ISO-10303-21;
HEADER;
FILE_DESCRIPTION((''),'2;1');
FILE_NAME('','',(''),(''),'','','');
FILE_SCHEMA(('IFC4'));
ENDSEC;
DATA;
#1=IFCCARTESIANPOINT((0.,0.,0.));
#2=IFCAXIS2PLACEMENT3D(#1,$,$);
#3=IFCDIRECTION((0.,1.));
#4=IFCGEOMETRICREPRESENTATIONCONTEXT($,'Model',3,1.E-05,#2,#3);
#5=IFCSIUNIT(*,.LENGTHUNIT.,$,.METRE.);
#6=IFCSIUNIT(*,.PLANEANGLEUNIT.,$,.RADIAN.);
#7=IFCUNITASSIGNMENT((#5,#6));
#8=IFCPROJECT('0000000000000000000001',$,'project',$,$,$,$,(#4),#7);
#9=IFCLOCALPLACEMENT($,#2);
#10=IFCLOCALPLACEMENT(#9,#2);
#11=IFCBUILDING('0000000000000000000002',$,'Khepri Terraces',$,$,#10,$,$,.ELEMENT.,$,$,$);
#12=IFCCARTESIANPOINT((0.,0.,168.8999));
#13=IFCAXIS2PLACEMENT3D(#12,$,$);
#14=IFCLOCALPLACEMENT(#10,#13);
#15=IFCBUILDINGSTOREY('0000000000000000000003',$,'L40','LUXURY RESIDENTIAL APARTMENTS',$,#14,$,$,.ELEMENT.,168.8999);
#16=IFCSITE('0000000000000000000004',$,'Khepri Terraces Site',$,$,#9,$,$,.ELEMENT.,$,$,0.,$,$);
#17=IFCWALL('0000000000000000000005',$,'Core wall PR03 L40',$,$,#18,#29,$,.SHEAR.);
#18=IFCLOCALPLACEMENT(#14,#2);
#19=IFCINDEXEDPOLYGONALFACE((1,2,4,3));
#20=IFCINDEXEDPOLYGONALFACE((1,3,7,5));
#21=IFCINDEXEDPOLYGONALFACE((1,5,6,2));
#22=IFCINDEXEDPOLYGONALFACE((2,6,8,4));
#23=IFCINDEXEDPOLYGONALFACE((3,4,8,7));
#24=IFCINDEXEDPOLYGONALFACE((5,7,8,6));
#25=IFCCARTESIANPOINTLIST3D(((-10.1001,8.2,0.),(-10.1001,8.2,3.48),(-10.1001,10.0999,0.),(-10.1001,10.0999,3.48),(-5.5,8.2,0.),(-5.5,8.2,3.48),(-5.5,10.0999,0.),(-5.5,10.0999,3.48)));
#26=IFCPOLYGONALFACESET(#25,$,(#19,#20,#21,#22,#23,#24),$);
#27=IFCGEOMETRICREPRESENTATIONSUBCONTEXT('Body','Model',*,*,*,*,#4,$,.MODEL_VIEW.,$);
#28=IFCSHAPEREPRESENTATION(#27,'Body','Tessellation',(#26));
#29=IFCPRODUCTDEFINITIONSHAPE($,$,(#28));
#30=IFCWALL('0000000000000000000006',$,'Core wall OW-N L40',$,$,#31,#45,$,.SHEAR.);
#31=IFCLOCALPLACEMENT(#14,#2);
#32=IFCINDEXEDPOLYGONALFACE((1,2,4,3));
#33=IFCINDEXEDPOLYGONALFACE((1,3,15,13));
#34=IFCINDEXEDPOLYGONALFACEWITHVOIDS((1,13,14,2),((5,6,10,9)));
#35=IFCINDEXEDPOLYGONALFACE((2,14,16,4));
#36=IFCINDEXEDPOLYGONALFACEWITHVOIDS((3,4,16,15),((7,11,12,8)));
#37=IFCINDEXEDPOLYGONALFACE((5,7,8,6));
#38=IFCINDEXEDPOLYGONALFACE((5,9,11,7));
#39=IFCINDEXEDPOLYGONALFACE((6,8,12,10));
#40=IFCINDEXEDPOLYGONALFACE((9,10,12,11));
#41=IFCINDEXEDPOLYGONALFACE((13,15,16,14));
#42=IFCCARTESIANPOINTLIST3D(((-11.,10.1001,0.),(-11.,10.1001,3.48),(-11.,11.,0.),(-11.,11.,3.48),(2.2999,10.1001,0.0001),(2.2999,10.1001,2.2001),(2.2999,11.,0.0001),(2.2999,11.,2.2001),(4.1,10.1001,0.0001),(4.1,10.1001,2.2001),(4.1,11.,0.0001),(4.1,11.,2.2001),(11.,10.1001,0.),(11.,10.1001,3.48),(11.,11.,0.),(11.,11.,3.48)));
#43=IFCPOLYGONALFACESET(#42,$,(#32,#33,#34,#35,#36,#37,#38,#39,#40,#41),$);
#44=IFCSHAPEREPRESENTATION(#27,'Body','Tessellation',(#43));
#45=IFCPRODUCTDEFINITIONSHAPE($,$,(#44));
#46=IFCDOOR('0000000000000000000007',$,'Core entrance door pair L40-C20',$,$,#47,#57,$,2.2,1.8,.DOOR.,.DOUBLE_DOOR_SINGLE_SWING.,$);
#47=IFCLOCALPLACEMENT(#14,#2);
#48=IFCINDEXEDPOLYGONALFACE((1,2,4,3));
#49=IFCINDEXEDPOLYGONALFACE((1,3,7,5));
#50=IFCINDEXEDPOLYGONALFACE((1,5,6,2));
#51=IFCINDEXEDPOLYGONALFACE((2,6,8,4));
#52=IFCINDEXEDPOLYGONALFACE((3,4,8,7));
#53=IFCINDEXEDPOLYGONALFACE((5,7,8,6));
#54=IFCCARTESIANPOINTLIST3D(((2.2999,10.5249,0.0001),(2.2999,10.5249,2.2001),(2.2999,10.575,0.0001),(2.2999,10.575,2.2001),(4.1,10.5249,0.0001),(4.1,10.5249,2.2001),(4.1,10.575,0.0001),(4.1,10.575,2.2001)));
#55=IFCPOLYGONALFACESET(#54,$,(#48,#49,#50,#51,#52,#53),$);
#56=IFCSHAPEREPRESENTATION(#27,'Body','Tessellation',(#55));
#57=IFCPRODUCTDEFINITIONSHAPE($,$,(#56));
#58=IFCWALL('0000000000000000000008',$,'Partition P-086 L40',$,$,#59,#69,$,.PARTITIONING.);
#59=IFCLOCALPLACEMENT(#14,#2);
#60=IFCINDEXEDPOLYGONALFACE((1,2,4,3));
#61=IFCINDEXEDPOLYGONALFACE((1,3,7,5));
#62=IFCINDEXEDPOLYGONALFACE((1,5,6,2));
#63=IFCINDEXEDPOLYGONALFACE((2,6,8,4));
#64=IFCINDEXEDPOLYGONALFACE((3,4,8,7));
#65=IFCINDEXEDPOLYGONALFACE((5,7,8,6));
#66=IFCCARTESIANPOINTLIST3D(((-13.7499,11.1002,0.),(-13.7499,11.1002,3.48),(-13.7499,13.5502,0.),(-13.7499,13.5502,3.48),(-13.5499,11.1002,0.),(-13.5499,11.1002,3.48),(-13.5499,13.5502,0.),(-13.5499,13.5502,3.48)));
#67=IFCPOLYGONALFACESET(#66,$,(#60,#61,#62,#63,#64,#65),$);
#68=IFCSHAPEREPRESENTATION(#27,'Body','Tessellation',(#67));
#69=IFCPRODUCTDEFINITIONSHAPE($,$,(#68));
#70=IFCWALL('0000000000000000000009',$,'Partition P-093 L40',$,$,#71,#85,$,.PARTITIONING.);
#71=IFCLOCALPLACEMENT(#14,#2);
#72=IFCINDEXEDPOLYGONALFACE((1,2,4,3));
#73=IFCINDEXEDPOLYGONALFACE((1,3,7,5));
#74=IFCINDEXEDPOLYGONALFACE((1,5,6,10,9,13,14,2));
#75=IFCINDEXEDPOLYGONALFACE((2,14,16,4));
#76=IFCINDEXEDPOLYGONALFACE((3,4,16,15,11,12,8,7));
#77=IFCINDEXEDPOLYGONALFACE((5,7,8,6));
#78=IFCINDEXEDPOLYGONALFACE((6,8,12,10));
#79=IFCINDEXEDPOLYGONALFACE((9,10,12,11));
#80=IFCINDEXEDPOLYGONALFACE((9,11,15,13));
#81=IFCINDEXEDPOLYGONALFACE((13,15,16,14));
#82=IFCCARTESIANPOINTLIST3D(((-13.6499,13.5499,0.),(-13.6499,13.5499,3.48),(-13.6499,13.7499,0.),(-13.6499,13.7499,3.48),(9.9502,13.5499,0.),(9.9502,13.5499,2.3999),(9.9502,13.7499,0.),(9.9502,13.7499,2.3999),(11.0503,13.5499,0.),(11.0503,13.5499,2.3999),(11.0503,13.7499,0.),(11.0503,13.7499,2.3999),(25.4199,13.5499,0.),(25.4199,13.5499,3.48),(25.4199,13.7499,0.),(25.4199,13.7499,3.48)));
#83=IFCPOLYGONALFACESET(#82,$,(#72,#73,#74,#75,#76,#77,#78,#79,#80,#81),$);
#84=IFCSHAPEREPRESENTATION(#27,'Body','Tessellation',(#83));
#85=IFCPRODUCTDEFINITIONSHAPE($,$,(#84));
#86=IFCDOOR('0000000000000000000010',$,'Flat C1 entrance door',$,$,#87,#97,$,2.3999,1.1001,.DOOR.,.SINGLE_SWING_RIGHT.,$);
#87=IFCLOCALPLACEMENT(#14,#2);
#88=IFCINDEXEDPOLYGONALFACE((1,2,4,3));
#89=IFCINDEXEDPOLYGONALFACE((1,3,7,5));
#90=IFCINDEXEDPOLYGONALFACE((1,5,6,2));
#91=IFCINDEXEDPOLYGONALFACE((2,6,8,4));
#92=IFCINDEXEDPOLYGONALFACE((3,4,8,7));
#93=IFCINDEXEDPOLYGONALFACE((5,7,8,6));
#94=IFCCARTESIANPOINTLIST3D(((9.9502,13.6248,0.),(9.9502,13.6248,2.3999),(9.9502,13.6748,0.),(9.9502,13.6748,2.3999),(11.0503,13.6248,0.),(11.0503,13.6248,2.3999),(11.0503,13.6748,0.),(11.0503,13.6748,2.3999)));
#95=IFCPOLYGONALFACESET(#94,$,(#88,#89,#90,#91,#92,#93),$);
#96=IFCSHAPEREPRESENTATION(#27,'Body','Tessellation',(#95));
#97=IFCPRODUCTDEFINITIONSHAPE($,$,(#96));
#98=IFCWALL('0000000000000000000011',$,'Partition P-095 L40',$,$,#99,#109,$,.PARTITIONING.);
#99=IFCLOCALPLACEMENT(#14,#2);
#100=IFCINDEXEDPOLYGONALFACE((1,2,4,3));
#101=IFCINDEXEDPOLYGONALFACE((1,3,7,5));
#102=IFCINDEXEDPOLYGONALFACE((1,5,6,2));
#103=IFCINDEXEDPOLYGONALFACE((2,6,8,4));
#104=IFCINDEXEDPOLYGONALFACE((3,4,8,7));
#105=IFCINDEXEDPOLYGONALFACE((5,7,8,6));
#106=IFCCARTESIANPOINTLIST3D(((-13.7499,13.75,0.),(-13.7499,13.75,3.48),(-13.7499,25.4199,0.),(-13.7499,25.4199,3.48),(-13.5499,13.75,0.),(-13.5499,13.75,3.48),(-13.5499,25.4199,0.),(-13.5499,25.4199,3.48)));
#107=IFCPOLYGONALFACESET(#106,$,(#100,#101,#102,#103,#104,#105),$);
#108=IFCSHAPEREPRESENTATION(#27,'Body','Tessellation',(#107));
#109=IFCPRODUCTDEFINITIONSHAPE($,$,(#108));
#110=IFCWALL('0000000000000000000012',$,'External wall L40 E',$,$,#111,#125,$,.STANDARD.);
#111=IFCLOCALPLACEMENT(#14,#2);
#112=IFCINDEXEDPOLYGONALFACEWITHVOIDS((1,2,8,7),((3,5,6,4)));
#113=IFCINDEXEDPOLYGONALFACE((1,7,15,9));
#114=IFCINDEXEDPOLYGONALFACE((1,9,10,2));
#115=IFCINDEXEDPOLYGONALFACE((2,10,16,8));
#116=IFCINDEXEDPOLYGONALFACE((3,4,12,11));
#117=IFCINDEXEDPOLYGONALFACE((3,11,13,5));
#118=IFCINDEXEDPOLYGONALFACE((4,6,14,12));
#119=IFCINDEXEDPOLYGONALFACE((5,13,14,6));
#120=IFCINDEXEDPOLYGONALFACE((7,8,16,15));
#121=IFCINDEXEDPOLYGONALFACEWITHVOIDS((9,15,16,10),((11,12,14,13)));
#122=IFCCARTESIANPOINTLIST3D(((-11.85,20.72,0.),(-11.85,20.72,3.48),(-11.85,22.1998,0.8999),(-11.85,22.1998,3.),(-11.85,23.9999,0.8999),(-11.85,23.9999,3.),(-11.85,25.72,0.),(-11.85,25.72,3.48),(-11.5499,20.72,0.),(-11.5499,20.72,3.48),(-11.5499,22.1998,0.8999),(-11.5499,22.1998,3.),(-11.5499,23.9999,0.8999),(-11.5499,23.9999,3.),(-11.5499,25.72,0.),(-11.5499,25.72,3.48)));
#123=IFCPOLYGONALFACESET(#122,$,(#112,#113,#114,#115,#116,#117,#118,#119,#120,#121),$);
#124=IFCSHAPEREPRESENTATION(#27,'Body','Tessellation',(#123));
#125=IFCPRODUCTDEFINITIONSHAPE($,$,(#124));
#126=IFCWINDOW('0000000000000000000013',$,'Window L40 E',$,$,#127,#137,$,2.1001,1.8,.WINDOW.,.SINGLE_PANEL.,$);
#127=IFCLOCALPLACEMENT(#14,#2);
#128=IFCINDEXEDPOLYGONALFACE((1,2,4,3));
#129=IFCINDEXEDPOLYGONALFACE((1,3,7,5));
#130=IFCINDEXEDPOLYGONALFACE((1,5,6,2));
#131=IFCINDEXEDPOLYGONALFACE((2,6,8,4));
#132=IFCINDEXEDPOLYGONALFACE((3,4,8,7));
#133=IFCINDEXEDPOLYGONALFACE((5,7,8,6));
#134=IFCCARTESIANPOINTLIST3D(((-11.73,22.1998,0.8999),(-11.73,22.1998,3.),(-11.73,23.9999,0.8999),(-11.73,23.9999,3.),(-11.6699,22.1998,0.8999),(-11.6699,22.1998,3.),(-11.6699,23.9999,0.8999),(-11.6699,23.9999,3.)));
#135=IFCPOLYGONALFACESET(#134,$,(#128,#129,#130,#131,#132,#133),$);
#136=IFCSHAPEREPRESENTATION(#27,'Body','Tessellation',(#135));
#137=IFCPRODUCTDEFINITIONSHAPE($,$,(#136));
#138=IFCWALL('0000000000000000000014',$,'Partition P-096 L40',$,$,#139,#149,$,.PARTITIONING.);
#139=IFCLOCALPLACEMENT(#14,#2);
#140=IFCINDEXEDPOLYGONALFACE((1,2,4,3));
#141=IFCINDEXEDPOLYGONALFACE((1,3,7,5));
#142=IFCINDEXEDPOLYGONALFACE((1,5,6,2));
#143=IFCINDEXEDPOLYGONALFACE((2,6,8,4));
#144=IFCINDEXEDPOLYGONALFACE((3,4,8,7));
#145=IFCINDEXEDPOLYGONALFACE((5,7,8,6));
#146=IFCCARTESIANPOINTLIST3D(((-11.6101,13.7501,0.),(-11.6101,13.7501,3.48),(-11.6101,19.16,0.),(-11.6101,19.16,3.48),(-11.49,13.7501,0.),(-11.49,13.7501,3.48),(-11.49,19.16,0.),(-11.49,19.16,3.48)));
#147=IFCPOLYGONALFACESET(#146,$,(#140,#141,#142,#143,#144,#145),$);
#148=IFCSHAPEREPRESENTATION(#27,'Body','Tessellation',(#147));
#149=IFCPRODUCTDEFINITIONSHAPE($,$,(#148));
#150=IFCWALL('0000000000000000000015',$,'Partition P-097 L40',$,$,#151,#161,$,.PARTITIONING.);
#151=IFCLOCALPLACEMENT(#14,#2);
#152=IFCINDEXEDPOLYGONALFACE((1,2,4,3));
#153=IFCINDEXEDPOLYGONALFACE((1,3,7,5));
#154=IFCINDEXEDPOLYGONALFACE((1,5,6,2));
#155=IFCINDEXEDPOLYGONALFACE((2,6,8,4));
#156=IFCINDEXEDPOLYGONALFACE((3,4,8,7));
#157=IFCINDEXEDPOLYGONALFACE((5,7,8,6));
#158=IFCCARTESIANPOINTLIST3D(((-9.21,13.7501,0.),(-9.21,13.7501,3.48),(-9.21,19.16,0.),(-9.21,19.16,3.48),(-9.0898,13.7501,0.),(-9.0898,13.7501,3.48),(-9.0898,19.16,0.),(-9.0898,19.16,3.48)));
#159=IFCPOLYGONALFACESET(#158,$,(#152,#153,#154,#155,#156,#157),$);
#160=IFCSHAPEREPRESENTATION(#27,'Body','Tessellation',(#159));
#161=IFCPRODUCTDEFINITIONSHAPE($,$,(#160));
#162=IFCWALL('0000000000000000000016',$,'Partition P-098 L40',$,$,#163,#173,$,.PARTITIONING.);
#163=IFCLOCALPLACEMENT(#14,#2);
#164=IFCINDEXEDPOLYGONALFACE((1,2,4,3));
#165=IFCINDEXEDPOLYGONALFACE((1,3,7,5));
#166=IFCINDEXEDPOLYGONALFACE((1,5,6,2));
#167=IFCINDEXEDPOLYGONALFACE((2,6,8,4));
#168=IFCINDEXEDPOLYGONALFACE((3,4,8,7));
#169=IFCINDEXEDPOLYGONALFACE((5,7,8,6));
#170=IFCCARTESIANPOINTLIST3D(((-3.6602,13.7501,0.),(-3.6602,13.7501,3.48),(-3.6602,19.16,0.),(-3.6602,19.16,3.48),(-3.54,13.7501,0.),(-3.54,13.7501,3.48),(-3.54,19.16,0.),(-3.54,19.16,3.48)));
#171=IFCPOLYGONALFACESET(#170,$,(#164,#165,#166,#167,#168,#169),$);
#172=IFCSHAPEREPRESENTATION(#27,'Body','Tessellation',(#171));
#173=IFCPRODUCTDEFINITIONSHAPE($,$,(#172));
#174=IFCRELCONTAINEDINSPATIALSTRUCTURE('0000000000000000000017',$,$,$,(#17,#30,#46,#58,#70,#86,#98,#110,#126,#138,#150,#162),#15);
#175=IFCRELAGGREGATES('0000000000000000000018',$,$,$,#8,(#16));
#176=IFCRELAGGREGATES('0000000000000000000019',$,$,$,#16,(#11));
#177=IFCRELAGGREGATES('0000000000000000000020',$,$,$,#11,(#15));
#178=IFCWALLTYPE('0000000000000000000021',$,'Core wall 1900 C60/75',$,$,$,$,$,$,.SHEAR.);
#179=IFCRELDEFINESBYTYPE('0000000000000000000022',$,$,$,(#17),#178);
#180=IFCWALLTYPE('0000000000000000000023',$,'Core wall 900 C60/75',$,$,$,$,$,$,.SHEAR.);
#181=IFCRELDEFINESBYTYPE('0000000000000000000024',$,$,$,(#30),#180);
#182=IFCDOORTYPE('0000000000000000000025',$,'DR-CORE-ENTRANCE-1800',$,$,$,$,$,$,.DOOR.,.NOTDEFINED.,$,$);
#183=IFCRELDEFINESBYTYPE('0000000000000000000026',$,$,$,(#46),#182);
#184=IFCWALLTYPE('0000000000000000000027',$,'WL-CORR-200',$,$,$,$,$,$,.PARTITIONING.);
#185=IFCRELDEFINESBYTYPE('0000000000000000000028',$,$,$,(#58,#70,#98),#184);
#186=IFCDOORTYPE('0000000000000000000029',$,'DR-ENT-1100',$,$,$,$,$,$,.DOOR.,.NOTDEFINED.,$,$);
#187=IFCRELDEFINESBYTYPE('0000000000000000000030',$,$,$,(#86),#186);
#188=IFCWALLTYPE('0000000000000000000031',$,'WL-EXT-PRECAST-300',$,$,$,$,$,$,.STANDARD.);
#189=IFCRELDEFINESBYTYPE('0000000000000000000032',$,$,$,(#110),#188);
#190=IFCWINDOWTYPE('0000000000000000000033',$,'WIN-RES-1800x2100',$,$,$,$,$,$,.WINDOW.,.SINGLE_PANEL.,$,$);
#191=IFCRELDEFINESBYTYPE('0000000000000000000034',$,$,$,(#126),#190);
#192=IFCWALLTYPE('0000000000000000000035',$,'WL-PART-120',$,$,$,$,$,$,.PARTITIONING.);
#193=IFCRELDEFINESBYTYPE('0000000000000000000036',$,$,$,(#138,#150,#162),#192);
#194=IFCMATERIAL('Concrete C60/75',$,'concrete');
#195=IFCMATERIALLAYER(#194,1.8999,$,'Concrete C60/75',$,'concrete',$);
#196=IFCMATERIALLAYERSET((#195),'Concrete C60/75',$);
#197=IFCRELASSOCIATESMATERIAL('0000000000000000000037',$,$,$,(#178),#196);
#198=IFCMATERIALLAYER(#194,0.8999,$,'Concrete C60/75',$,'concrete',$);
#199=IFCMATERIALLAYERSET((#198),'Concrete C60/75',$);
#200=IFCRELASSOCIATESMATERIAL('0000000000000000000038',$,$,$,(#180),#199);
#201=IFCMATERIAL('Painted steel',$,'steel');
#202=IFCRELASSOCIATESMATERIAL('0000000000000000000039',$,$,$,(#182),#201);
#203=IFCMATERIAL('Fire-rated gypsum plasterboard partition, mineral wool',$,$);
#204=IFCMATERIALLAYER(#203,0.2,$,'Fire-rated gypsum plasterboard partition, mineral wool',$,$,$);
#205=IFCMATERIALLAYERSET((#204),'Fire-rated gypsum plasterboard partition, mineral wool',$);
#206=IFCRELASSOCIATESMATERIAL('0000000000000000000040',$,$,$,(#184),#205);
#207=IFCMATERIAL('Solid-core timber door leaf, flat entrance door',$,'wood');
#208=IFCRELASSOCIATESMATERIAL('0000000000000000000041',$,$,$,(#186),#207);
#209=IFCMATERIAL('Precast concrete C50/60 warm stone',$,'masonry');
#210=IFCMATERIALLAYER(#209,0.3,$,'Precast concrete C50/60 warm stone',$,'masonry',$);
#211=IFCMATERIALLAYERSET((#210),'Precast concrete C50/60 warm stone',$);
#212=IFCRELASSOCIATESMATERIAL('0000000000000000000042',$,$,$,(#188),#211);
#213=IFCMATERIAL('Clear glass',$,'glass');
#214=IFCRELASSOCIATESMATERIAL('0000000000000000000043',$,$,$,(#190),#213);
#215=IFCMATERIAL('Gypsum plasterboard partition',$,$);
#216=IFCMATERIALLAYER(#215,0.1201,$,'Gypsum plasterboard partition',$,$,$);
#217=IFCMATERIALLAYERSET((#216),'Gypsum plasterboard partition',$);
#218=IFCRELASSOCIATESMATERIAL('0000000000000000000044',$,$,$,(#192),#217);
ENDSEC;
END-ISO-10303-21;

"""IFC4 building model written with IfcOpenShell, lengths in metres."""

from ifc_helpers import new_model, si_unit, direction, frame, frame_2d, origin, place, context, subcontext, project, spatial, rectangle, extrude, material, layer, layer_set, type_object, element, fill, save


model = new_model("IFC4")

# Units and contexts
model_context = context("Model", 3, precision=1e-05, world=origin(), true_north=direction((0.0, 1.0)))
body_context = subcontext(model_context, "Body", "Model", "MODEL_VIEW")
ifc_project = project(units=[si_unit("LENGTHUNIT", "METRE"), si_unit("PLANEANGLEUNIT", "RADIAN")], contexts=[model_context])

# Site, building, storey
site_placement = place(None, origin())
site = spatial("IfcSite", under=ifc_project, at=site_placement, Name="Khepri Terraces Site", CompositionType="ELEMENT", RefElevation=0.0)
building_placement = place(site_placement, origin())
building = spatial("IfcBuilding", under=site, at=building_placement, Name="Khepri Terraces", CompositionType="ELEMENT")
storey_placement = place(building_placement, frame((0.0, 0.0, 168.8999)))
storey = spatial("IfcBuildingStorey", under=building, at=storey_placement, Name="L40", Description="LUXURY RESIDENTIAL APARTMENTS", CompositionType="ELEMENT", Elevation=168.8999)

# Wall
ifc_material_1 = material(Name="Concrete C60/75", Category="concrete")
ifc_layer_1 = layer(ifc_material_1, 1.8999, Name="Concrete C60/75", Category="concrete")
ifc_layer_set_1 = layer_set([ifc_layer_1], Name="Concrete C60/75")
wall_type_1 = type_object("IfcWallType", Name="Core wall 1900 C60/75", PredefinedType="SHEAR", material=ifc_layer_set_1)
wall_1_placement = place(storey_placement, frame((-10.1001, 9.1499, 0.0), z_axis=(0.0, 0.0, 1.0), x_axis=(1.0, 0.0, 0.0)))
element("IfcWall", 1, at=wall_1_placement, inside=storey, type_object=wall_type_1, Name="Core wall PR03 L40", PredefinedType="SHEAR", context=body_context, shape_type="SweptSolid", body=[
    extrude(rectangle(XDim=4.6001, YDim=1.8999, at=frame_2d((2.3, 0.0))), origin(), (0.0, 0.0, 1.0), 3.48),
])

# Wall, opening, door
ifc_layer_2 = layer(ifc_material_1, 0.8999, Name="Concrete C60/75", Category="concrete")
ifc_layer_set_2 = layer_set([ifc_layer_2], Name="Concrete C60/75")
wall_type_2 = type_object("IfcWallType", Name="Core wall 900 C60/75", PredefinedType="SHEAR", material=ifc_layer_set_2)
wall_2_placement = place(storey_placement, frame((-11.0, 10.55, 0.0), z_axis=(0.0, 0.0, 1.0), x_axis=(1.0, 0.0, 0.0)))
wall_2 = element("IfcWall", 2, at=wall_2_placement, inside=storey, type_object=wall_type_2, Name="Core wall OW-N L40", PredefinedType="SHEAR", context=body_context, shape_type="SweptSolid", body=[
    extrude(rectangle(XDim=22.0, YDim=0.8999, at=frame_2d((11.0, 0.0))), origin(), (0.0, 0.0, 1.0), 3.48),
])
opening_1_placement = place(wall_2_placement, frame((13.3, 0.0, 0.0)))
opening_1 = element("IfcOpeningElement", 3, at=opening_1_placement, cuts=wall_2, PredefinedType="OPENING", context=body_context, shape_type="SweptSolid", body=[
    extrude(rectangle(XDim=1.8, YDim=2.2, at=frame_2d((0.8999, 1.1001))), frame((0.0, 0.46, 0.0), z_axis=(0.0, -1.0, 0.0), x_axis=(1.0, 0.0, 0.0)), (0.0, 0.0, 1.0), 0.9199),
])
ifc_material_2 = material(Name="Painted steel", Category="steel")
door_type_1 = type_object("IfcDoorType", Name="DR-CORE-ENTRANCE-1800", OperationType="NOTDEFINED", PredefinedType="DOOR", material=ifc_material_2)
door_1_placement = place(opening_1_placement, origin())
door_1 = element("IfcDoor", 4, at=door_1_placement, inside=storey, type_object=door_type_1, Name="Core entrance door pair L40-C20", OperationType="DOUBLE_DOOR_SINGLE_SWING", OverallHeight=2.2, OverallWidth=1.8, PredefinedType="DOOR", context=body_context, shape_type="SweptSolid", body=[
    extrude(rectangle(XDim=1.8, YDim=2.2, at=frame_2d((0.8999, 1.1001))), frame((0.0, 0.0249, 0.0), z_axis=(0.0, -1.0, 0.0), x_axis=(1.0, 0.0, 0.0)), (0.0, 0.0, 1.0), 0.05),
])
fill(opening_1, door_1)

# Wall
ifc_material_3 = material(Name="Fire-rated gypsum plasterboard partition, mineral wool")
ifc_layer_3 = layer(ifc_material_3, 0.2, Name="Fire-rated gypsum plasterboard partition, mineral wool")
ifc_layer_set_3 = layer_set([ifc_layer_3], Name="Fire-rated gypsum plasterboard partition, mineral wool")
wall_type_3 = type_object("IfcWallType", Name="WL-CORR-200", PredefinedType="PARTITIONING", material=ifc_layer_set_3)
wall_3_placement = place(storey_placement, frame((-13.6499, 11.1001, 0.0), z_axis=(0.0, 0.0, 1.0), x_axis=(0.0, 1.0, 0.0)))
element("IfcWall", 5, at=wall_3_placement, inside=storey, type_object=wall_type_3, Name="Partition P-086 L40", PredefinedType="PARTITIONING", context=body_context, shape_type="SweptSolid", body=[
    extrude(rectangle(XDim=2.45, YDim=0.2, at=frame_2d((1.2251, 0.0))), origin(), (0.0, 0.0, 1.0), 3.48),
])

# Wall, opening, door
wall_4_placement = place(storey_placement, frame((-13.6499, 13.6499, 0.0), z_axis=(0.0, 0.0, 1.0), x_axis=(1.0, 0.0, 0.0)))
wall_4 = element("IfcWall", 6, at=wall_4_placement, inside=storey, type_object=wall_type_3, Name="Partition P-093 L40", PredefinedType="PARTITIONING", context=body_context, shape_type="SweptSolid", body=[
    extrude(rectangle(XDim=39.0698, YDim=0.2, at=frame_2d((19.5349, 0.0))), origin(), (0.0, 0.0, 1.0), 3.48),
])
opening_2_placement = place(wall_4_placement, frame((23.6001, 0.0, 0.0)))
opening_2 = element("IfcOpeningElement", 7, at=opening_2_placement, cuts=wall_4, PredefinedType="OPENING", context=body_context, shape_type="SweptSolid", body=[
    extrude(rectangle(XDim=1.1001, YDim=2.3999, at=frame_2d((0.55, 1.2))), frame((0.0, 0.1099, 0.0), z_axis=(0.0, -1.0, 0.0), x_axis=(1.0, 0.0, 0.0)), (0.0, 0.0, 1.0), 0.22),
])
ifc_material_4 = material(Name="Solid-core timber door leaf, flat entrance door", Category="wood")
door_type_2 = type_object("IfcDoorType", Name="DR-ENT-1100", OperationType="NOTDEFINED", PredefinedType="DOOR", material=ifc_material_4)
door_2_placement = place(opening_2_placement, origin())
door_2 = element("IfcDoor", 8, at=door_2_placement, inside=storey, type_object=door_type_2, Name="Flat C1 entrance door", OperationType="SINGLE_SWING_RIGHT", OverallHeight=2.3999, OverallWidth=1.1001, PredefinedType="DOOR", context=body_context, shape_type="SweptSolid", body=[
    extrude(rectangle(XDim=1.1001, YDim=2.3999, at=frame_2d((0.55, 1.2))), frame((0.0, 0.0249, 0.0), z_axis=(0.0, -1.0, 0.0), x_axis=(1.0, 0.0, 0.0)), (0.0, 0.0, 1.0), 0.05),
])
fill(opening_2, door_2)

# Wall
wall_5_placement = place(storey_placement, frame((-13.6499, 13.75, 0.0), z_axis=(0.0, 0.0, 1.0), x_axis=(0.0, 1.0, 0.0)))
element("IfcWall", 9, at=wall_5_placement, inside=storey, type_object=wall_type_3, Name="Partition P-095 L40", PredefinedType="PARTITIONING", context=body_context, shape_type="SweptSolid", body=[
    extrude(rectangle(XDim=11.6699, YDim=0.2, at=frame_2d((5.835, 0.0))), origin(), (0.0, 0.0, 1.0), 3.48),
])

# Wall, opening, window
ifc_material_5 = material(Name="Precast concrete C50/60 warm stone", Category="masonry")
ifc_layer_4 = layer(ifc_material_5, 0.3, Name="Precast concrete C50/60 warm stone", Category="masonry")
ifc_layer_set_4 = layer_set([ifc_layer_4], Name="Precast concrete C50/60 warm stone")
wall_type_4 = type_object("IfcWallType", Name="WL-EXT-PRECAST-300", PredefinedType="STANDARD", material=ifc_layer_set_4)
wall_6_placement = place(storey_placement, frame((-11.7, 20.72, 0.0), z_axis=(0.0, 0.0, 1.0), x_axis=(0.0, 1.0, 0.0)))
wall_6 = element("IfcWall", 10, at=wall_6_placement, inside=storey, type_object=wall_type_4, Name="External wall L40 E", PredefinedType="STANDARD", context=body_context, shape_type="SweptSolid", body=[
    extrude(rectangle(XDim=5.0, YDim=0.3, at=frame_2d((2.5, 0.0))), origin(), (0.0, 0.0, 1.0), 3.48),
])
opening_3_placement = place(wall_6_placement, frame((1.48, 0.0, 0.8999)))
opening_3 = element("IfcOpeningElement", 11, at=opening_3_placement, cuts=wall_6, PredefinedType="OPENING", context=body_context, shape_type="SweptSolid", body=[
    extrude(rectangle(XDim=1.8, YDim=2.1001, at=frame_2d((0.8999, 1.05))), frame((0.0, 0.1602, 0.0), z_axis=(0.0, -1.0, 0.0), x_axis=(1.0, 0.0, 0.0)), (0.0, 0.0, 1.0), 0.3201),
])
ifc_material_6 = material(Name="Clear glass", Category="glass")
window_type = type_object("IfcWindowType", Name="WIN-RES-1800x2100", PartitioningType="SINGLE_PANEL", PredefinedType="WINDOW", material=ifc_material_6)
window_placement = place(opening_3_placement, origin())
window = element("IfcWindow", 12, at=window_placement, inside=storey, type_object=window_type, Name="Window L40 E", OverallHeight=2.1001, OverallWidth=1.8, PartitioningType="SINGLE_PANEL", PredefinedType="WINDOW", context=body_context, shape_type="SweptSolid", body=[
    extrude(rectangle(XDim=1.8, YDim=2.1001, at=frame_2d((0.8999, 1.05))), frame((0.0, 0.03, 0.0), z_axis=(0.0, -1.0, 0.0), x_axis=(1.0, 0.0, 0.0)), (0.0, 0.0, 1.0), 0.0601),
])
fill(opening_3, window)

# Walls
ifc_material_7 = material(Name="Gypsum plasterboard partition")
ifc_layer_5 = layer(ifc_material_7, 0.1201, Name="Gypsum plasterboard partition")
ifc_layer_set_5 = layer_set([ifc_layer_5], Name="Gypsum plasterboard partition")
wall_type_5 = type_object("IfcWallType", Name="WL-PART-120", PredefinedType="PARTITIONING", material=ifc_layer_set_5)
for number, where, z_axis, x_axis, name in (
    (13, (-11.55, 13.75, 0.0), (0.0, 0.0, 1.0), (0.0, 1.0, 0.0), "Partition P-096 L40"),
    (14, (-9.1499, 13.75, 0.0), (0.0, 0.0, 1.0), (0.0, 1.0, 0.0), "Partition P-097 L40"),
    (15, (-3.6001, 13.75, 0.0), (0.0, 0.0, 1.0), (0.0, 1.0, 0.0), "Partition P-098 L40"),
):
    element("IfcWall", number, at=place(storey_placement, frame(where, z_axis=z_axis, x_axis=x_axis)), inside=storey, type_object=wall_type_5, Name=name, PredefinedType="PARTITIONING", context=body_context, shape_type="SweptSolid", body=[
        extrude(rectangle(XDim=5.4099, YDim=0.1201, at=frame_2d((2.7051, 0.0))), origin(), (0.0, 0.0, 1.0), 3.48),
    ])

save(model, "model.ifc")
